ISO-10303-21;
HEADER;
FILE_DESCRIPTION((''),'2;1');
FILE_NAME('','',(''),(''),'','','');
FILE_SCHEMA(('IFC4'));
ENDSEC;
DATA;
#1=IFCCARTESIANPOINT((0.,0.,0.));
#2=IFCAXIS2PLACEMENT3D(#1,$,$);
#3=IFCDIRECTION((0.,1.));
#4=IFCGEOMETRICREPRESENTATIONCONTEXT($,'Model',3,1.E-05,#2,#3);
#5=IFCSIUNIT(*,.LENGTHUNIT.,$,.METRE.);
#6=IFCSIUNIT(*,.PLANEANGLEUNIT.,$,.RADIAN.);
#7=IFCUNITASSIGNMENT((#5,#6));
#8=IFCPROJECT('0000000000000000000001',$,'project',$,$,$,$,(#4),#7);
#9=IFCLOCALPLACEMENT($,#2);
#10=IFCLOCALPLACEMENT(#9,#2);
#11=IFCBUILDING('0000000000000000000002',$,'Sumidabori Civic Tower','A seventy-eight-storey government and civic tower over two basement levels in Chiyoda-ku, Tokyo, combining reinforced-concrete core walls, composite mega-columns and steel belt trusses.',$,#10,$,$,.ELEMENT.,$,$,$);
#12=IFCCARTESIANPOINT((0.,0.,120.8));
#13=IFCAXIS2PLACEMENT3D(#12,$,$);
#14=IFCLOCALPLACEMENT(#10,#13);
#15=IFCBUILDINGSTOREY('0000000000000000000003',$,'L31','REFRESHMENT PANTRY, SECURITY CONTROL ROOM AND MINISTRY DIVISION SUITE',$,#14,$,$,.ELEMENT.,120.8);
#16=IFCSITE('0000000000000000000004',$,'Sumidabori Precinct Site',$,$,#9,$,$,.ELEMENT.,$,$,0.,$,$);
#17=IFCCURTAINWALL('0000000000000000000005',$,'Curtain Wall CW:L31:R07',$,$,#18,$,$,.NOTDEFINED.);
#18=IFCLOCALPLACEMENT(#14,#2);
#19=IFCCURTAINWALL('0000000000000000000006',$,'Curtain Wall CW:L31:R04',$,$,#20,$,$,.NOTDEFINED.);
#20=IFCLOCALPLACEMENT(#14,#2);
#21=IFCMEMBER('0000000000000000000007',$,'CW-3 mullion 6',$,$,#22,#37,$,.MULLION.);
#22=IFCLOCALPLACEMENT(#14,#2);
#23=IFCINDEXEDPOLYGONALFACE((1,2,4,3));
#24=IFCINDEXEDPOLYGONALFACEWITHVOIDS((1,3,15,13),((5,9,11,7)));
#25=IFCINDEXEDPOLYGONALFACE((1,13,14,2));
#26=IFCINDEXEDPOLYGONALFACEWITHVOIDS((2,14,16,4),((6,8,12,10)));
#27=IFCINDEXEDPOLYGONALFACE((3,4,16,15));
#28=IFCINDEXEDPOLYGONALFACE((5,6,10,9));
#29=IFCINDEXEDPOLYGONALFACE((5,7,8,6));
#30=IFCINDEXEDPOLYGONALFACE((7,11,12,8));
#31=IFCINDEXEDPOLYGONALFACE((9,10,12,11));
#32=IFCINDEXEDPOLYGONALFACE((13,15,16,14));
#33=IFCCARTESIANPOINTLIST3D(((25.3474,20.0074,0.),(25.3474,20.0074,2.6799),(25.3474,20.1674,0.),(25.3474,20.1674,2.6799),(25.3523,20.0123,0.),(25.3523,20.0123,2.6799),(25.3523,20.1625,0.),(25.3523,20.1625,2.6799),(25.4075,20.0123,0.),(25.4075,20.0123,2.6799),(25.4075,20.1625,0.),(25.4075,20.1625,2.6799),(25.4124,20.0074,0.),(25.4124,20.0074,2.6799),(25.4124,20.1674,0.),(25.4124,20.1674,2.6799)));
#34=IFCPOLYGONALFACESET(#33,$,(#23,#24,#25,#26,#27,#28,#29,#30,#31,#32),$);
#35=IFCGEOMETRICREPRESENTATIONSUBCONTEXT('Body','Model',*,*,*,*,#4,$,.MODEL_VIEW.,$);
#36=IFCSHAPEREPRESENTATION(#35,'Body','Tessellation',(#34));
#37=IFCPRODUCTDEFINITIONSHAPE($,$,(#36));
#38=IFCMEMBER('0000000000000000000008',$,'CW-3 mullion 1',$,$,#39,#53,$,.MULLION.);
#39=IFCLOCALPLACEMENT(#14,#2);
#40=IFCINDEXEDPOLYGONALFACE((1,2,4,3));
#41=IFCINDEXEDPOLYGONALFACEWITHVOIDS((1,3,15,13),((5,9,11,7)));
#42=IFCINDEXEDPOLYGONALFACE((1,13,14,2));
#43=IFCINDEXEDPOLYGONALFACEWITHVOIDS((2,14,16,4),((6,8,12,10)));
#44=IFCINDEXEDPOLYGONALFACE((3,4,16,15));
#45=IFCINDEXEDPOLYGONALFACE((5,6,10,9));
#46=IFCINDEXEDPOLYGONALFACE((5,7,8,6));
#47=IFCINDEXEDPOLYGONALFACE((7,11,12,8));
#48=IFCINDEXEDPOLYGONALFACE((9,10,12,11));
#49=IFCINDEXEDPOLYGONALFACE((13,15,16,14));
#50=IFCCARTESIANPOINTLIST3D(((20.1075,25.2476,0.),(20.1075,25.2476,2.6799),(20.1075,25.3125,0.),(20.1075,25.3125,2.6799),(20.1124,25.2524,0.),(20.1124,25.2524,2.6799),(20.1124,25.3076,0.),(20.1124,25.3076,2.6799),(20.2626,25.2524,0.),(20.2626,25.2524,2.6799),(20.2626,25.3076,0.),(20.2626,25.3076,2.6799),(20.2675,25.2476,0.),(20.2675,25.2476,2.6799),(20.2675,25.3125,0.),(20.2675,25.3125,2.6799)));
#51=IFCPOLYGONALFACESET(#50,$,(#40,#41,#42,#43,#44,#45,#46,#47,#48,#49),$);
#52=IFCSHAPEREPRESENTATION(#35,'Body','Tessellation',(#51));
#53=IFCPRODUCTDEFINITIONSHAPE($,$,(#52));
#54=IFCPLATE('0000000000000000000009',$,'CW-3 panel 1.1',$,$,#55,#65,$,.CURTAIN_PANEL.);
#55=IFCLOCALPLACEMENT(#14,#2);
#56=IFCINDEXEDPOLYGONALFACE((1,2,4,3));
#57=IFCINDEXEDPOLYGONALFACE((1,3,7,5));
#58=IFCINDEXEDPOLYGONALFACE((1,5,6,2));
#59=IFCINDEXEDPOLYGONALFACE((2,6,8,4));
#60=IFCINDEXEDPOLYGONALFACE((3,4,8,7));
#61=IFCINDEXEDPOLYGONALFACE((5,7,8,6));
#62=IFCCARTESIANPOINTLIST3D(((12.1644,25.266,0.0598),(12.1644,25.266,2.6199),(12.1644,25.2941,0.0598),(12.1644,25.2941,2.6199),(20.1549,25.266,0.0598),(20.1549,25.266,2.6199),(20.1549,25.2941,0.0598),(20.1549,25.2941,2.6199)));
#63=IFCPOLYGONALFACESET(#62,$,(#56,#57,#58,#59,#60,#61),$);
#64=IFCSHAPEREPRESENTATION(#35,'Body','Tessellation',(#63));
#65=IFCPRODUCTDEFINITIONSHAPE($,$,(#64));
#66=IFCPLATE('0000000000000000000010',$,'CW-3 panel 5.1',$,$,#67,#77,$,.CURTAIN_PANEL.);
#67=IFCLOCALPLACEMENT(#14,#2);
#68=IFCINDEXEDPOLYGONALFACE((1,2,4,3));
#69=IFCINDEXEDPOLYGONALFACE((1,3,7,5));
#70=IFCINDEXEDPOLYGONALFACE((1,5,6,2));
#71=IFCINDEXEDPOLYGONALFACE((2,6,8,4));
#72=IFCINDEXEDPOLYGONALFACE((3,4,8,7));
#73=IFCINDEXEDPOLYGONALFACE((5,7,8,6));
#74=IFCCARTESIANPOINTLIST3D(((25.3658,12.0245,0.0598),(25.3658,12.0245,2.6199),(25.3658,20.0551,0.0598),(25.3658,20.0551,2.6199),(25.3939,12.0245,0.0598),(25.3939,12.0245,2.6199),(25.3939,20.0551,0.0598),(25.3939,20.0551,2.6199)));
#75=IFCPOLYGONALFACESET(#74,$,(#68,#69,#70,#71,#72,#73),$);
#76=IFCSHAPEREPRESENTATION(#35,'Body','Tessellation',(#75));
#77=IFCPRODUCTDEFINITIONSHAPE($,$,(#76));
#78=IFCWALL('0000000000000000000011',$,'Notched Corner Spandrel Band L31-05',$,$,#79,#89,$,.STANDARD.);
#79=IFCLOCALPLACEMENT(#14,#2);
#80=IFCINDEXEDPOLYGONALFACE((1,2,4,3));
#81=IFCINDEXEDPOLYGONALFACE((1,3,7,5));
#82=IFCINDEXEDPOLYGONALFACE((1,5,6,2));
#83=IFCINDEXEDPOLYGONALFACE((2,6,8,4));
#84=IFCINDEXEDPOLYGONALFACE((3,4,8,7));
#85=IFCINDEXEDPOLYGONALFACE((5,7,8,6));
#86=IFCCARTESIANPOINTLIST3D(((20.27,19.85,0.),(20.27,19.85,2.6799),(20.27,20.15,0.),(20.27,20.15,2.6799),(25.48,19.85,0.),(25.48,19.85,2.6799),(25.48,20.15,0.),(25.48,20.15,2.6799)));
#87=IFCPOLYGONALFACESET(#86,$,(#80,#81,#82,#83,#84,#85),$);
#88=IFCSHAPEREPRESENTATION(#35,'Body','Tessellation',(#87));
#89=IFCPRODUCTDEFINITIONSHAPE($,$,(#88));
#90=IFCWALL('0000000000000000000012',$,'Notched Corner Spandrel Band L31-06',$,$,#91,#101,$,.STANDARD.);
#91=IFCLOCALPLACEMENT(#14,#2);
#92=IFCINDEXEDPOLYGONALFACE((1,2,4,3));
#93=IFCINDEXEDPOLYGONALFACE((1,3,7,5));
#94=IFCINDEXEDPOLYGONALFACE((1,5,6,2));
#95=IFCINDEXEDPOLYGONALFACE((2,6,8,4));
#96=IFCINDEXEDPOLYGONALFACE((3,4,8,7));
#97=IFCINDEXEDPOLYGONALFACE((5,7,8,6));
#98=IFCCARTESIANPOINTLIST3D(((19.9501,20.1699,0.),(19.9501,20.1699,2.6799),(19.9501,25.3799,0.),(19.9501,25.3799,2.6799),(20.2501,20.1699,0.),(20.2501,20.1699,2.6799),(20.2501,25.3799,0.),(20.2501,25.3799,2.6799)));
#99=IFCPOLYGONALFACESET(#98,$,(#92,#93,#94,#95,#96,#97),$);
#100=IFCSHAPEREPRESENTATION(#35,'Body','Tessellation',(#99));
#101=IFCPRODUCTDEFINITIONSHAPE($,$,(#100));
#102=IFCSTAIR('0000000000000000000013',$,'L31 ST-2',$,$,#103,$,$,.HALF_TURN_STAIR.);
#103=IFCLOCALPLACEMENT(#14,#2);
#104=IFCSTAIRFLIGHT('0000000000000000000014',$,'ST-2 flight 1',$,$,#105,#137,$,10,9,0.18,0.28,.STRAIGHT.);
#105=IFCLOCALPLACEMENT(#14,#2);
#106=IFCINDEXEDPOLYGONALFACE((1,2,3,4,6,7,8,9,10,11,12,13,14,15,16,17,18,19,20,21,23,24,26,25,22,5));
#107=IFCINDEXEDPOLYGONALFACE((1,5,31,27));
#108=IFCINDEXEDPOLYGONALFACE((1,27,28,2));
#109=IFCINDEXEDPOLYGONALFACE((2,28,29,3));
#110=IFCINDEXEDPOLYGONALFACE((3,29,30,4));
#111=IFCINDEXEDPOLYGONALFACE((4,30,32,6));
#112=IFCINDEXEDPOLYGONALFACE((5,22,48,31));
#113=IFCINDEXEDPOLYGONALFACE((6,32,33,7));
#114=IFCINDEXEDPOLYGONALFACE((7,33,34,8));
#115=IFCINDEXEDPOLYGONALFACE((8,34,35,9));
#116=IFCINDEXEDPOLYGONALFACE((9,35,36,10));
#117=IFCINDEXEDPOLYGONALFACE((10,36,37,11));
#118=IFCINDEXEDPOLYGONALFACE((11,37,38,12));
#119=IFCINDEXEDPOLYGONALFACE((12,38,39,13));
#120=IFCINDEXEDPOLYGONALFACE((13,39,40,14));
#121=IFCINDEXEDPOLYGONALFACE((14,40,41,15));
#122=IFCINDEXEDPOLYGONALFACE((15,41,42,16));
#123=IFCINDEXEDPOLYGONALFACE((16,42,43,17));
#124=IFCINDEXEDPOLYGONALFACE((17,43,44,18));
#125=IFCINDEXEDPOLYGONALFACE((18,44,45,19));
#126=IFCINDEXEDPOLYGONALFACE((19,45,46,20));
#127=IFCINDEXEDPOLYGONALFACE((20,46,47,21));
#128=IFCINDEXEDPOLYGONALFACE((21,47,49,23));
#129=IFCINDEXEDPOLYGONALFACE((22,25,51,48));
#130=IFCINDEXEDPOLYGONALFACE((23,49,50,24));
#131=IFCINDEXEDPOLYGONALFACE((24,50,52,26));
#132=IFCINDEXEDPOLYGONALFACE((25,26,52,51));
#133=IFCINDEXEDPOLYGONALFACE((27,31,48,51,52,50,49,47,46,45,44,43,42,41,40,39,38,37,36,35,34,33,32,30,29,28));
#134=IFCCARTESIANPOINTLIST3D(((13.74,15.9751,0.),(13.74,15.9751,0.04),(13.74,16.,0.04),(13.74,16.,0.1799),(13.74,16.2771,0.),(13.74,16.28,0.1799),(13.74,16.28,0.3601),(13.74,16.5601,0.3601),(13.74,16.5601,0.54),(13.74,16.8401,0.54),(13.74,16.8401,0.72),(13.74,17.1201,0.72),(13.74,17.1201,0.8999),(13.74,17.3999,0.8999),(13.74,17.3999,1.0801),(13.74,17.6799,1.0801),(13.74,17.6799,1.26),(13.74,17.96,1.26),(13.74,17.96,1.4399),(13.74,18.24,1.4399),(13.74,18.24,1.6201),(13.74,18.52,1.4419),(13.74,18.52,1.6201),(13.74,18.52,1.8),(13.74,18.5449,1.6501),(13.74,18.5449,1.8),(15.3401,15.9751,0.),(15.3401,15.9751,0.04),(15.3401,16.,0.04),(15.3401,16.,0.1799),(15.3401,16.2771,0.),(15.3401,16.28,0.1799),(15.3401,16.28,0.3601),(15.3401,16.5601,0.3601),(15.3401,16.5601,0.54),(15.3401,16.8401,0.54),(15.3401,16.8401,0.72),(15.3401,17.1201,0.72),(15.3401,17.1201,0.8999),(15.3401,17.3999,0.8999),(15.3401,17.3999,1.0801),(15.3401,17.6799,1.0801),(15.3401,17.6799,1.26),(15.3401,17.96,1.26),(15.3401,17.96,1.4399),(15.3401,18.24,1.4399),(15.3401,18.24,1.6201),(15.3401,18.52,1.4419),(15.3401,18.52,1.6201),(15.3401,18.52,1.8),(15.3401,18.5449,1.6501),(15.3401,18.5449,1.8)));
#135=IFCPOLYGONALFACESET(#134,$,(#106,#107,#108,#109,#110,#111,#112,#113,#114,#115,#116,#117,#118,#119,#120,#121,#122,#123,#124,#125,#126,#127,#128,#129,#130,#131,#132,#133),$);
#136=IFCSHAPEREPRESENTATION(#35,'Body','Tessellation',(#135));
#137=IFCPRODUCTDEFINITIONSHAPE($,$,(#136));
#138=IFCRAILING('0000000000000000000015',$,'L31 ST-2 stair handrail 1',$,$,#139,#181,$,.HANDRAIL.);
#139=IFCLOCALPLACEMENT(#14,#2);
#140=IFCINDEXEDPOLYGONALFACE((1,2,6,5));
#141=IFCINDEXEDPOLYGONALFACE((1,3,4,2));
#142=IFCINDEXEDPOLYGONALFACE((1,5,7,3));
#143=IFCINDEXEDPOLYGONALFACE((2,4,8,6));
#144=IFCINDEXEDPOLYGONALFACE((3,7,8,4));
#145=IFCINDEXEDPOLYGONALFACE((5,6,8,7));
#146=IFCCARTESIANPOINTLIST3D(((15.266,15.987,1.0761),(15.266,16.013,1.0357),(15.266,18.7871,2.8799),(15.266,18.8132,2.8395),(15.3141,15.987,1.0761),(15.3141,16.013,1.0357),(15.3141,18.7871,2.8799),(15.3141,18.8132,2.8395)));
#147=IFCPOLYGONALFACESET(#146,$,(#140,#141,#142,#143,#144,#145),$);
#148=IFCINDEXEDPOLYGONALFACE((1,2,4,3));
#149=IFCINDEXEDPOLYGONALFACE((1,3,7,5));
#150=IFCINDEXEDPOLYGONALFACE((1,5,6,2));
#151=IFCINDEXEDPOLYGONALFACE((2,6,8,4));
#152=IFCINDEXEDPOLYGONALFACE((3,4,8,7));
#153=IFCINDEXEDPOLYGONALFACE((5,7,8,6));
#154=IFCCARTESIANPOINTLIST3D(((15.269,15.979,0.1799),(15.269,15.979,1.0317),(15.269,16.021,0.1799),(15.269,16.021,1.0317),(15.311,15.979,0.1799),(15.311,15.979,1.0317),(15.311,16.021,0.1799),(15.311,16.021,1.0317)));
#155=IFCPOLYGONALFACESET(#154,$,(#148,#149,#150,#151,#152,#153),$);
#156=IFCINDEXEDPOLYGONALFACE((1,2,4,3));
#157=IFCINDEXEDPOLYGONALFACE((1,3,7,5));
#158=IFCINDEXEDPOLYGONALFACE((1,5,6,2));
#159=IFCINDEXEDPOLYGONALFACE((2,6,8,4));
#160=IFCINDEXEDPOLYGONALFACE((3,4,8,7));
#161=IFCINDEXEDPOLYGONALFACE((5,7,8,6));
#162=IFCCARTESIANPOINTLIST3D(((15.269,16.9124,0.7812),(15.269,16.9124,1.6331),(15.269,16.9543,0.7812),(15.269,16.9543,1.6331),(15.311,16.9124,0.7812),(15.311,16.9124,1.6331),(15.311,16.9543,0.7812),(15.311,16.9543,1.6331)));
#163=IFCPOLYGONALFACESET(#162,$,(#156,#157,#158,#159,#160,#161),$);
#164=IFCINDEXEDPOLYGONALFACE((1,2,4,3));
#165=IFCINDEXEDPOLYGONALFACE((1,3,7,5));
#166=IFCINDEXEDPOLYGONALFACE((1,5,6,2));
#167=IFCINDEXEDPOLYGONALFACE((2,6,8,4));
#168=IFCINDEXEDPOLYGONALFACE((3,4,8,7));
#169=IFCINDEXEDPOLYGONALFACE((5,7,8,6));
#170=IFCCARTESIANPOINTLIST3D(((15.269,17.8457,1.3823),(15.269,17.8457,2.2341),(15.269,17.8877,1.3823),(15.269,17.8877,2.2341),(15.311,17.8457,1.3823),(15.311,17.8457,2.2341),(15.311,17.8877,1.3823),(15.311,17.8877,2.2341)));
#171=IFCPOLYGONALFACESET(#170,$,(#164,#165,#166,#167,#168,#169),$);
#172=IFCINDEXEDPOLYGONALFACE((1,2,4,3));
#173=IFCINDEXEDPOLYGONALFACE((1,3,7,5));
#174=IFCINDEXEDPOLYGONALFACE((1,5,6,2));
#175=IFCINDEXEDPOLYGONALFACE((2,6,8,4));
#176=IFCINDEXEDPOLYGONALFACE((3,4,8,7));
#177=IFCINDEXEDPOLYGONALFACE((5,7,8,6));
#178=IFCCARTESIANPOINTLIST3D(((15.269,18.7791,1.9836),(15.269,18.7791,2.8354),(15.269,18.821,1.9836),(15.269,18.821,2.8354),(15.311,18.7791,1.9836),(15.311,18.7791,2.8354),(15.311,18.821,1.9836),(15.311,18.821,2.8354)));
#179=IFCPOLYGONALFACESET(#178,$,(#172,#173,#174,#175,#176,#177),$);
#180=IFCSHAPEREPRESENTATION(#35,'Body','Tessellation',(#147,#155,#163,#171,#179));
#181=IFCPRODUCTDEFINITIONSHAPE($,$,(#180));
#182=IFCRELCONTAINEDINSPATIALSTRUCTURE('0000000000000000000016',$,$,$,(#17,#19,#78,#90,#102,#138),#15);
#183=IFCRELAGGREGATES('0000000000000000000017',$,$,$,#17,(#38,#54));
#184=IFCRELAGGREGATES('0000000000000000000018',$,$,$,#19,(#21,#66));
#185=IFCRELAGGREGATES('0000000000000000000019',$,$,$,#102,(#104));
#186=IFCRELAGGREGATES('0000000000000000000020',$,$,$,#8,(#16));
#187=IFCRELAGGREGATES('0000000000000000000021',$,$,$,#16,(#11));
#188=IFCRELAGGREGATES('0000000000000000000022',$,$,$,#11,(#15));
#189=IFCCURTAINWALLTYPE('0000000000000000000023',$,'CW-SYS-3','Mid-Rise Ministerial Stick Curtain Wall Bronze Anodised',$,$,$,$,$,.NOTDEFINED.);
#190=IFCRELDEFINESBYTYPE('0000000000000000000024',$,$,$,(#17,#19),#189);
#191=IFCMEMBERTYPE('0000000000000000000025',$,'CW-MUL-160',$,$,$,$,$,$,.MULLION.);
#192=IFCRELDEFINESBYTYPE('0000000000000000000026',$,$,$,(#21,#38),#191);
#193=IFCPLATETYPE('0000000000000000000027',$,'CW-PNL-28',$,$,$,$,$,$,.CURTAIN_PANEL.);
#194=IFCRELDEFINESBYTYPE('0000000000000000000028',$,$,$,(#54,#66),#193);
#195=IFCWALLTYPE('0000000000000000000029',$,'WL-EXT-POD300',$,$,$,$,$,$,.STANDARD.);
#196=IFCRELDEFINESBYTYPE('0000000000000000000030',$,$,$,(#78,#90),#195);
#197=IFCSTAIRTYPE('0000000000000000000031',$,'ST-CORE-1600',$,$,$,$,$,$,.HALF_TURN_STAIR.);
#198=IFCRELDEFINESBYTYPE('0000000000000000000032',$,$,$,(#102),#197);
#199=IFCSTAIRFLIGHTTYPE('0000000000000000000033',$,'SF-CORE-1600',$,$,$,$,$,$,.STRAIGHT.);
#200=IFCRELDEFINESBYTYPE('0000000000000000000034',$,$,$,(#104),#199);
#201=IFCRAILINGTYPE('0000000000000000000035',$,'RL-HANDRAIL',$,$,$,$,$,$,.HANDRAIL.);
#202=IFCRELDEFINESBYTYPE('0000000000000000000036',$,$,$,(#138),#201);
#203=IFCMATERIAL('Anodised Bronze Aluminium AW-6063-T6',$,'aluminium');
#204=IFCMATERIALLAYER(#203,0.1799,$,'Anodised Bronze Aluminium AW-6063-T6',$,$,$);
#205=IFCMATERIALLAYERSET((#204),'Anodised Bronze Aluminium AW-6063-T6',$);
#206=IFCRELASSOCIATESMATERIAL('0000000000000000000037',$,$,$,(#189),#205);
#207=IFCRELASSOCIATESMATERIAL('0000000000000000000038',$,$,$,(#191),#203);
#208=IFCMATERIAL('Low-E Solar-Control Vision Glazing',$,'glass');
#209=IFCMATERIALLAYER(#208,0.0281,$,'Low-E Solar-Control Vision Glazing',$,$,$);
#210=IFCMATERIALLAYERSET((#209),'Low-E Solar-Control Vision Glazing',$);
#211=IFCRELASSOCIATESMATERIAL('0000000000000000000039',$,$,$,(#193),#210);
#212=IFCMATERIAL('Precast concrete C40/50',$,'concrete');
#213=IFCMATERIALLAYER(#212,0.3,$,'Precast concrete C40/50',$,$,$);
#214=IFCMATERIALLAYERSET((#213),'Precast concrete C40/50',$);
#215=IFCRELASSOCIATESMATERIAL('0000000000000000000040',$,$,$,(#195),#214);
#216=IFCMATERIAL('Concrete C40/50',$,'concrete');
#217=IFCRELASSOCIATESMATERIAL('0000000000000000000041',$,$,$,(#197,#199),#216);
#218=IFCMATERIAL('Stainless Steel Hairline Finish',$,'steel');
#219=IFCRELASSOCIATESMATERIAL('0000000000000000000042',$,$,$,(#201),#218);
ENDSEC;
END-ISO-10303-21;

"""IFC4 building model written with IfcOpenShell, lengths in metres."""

from ifc_helpers import new_model, si_unit, direction, frame, frame_2d, origin, origin_2d, place, context, subcontext, project, spatial, polyline, rectangle, hollow_rectangle, outline, extrude, source, transform, mapped, material, layer, layer_set, material_profile, profile_set, type_object, element, aggregate, save


model = new_model("IFC4")

# Units and contexts
model_context = context("Model", 3, precision=1e-05, world=origin(), true_north=direction((0.0, 1.0)))
body_context = subcontext(model_context, "Body", "Model", "MODEL_VIEW")
ifc_project = project(units=[si_unit("LENGTHUNIT", "METRE"), si_unit("PLANEANGLEUNIT", "RADIAN")], contexts=[model_context])

# Site, building, storey
site_placement = place(None, origin())
site = spatial("IfcSite", under=ifc_project, at=site_placement, Name="Sumidabori Precinct Site", CompositionType="ELEMENT", RefElevation=0.0)
building_placement = place(site_placement, origin())
building = spatial("IfcBuilding", under=site, at=building_placement, Name="Sumidabori Civic Tower", Description="A seventy-eight-storey government and civic tower over two basement levels in Chiyoda-ku, Tokyo, combining reinforced-concrete core walls, composite mega-columns and steel belt trusses.", CompositionType="ELEMENT")
storey_placement = place(building_placement, frame((0.0, 0.0, 120.8)))
storey = spatial("IfcBuildingStorey", under=building, at=storey_placement, Name="L31", Description="REFRESHMENT PANTRY, SECURITY CONTROL ROOM AND MINISTRY DIVISION SUITE", CompositionType="ELEMENT", Elevation=120.8)

# Curtain walls, member
ifc_material_1 = material(Name="Anodised Bronze Aluminium AW-6063-T6", Category="aluminium")
ifc_layer_1 = layer(ifc_material_1, 0.1799, Name="Anodised Bronze Aluminium AW-6063-T6")
ifc_layer_set_1 = layer_set([ifc_layer_1], Name="Anodised Bronze Aluminium AW-6063-T6")
curtain_wall_type = type_object("IfcCurtainWallType", Name="CW-SYS-3", Description="Mid-Rise Ministerial Stick Curtain Wall Bronze Anodised", PredefinedType="NOTDEFINED", material=ifc_layer_set_1)
curtain_wall_1_placement = place(storey_placement, origin())
curtain_wall_1 = element("IfcCurtainWall", 1, at=curtain_wall_1_placement, inside=storey, type_object=curtain_wall_type, Name="Curtain Wall CW:L31:R07", PredefinedType="NOTDEFINED")
curtain_wall_2_placement = place(storey_placement, origin())
curtain_wall_2 = element("IfcCurtainWall", 2, at=curtain_wall_2_placement, inside=storey, type_object=curtain_wall_type, Name="Curtain Wall CW:L31:R04", PredefinedType="NOTDEFINED")
ifc_material_profile_1 = material_profile(ifc_material_1, hollow_rectangle(XDim=0.0649, YDim=0.1599, WallThickness=0.0049, at=origin_2d()), Name="ALU MULLION 160x65")
ifc_profile_set_1 = profile_set([ifc_material_profile_1], Name="Anodised Bronze Aluminium AW-6063-T6")
member_type_1 = type_object("IfcMemberType", Name="CW-MUL-160", PredefinedType="MULLION", material=ifc_profile_set_1)
shared_shape_1 = source(origin(), body_context, "Body", "SweptSolid", [
    extrude(hollow_rectangle(XDim=0.0649, YDim=0.1599, WallThickness=0.0049, at=origin_2d()), origin(), (0.0, 0.0, 1.0), 2.6799),
])
member_1_placement = place(storey_placement, frame((25.3799, 20.0874, 0.0), z_axis=(0.0, 0.0, 1.0), x_axis=(-1.0, 0.0, 0.0)))
member_1 = element("IfcMember", 3, at=member_1_placement, type_object=member_type_1, Name="CW-3 mullion 6", PredefinedType="MULLION", context=body_context, shape_type="MappedRepresentation", body=[
    mapped(shared_shape_1, transform((0.0, 0.0, 0.0), x_axis=(1.0, 0.0, 0.0), y_axis=(0.0, 1.0, 0.0), z_axis=(0.0, 0.0, 1.0), scale=1.0)),
])

# Member
member_2_placement = place(storey_placement, frame((20.1875, 25.28, 0.0), z_axis=(0.0, 0.0, 1.0), x_axis=(0.0, -1.0, 0.0)))
member_2 = element("IfcMember", 4, at=member_2_placement, type_object=member_type_1, Name="CW-3 mullion 1", PredefinedType="MULLION", context=body_context, shape_type="MappedRepresentation", body=[
    mapped(shared_shape_1, transform((0.0, 0.0, 0.0), x_axis=(1.0, 0.0, 0.0), y_axis=(0.0, 1.0, 0.0), z_axis=(0.0, 0.0, 1.0), scale=1.0)),
])

# Plates
ifc_material_2 = material(Name="Low-E Solar-Control Vision Glazing", Category="glass")
ifc_layer_2 = layer(ifc_material_2, 0.0281, Name="Low-E Solar-Control Vision Glazing")
ifc_layer_set_2 = layer_set([ifc_layer_2], Name="Low-E Solar-Control Vision Glazing")
plate_type = type_object("IfcPlateType", Name="CW-PNL-28", PredefinedType="CURTAIN_PANEL", material=ifc_layer_set_2)
shared_shape_2 = source(origin(), body_context, "Body", "SweptSolid", [
    extrude(rectangle(XDim=7.9905, YDim=0.0281, at=origin_2d()), origin(), (0.0, 0.0, 1.0), 2.5601),
])
plate_1_placement = place(storey_placement, frame((16.1597, 25.28, 0.0598), z_axis=(0.0, 0.0, 1.0), x_axis=(-1.0, 0.0, 0.0)))
plate_1 = element("IfcPlate", 5, at=plate_1_placement, type_object=plate_type, Name="CW-3 panel 1.1", PredefinedType="CURTAIN_PANEL", context=body_context, shape_type="MappedRepresentation", body=[
    mapped(shared_shape_2, transform((0.0, 0.0, 0.0), x_axis=(1.0, 0.0, 0.0), y_axis=(0.0, 1.0, 0.0), z_axis=(0.0, 0.0, 1.0), scale=1.0)),
])
aggregate(curtain_wall_1, [member_2, plate_1])
shared_shape_3 = source(origin(), body_context, "Body", "SweptSolid", [
    extrude(rectangle(XDim=8.0305, YDim=0.0281, at=origin_2d()), origin(), (0.0, 0.0, 1.0), 2.5601),
])
plate_2_placement = place(storey_placement, frame((25.3799, 16.0398, 0.0598), z_axis=(0.0, 0.0, 1.0), x_axis=(0.0, 1.0, 0.0)))
plate_2 = element("IfcPlate", 6, at=plate_2_placement, type_object=plate_type, Name="CW-3 panel 5.1", PredefinedType="CURTAIN_PANEL", context=body_context, shape_type="MappedRepresentation", body=[
    mapped(shared_shape_3, transform((0.0, 0.0, 0.0), x_axis=(1.0, 0.0, 0.0), y_axis=(0.0, 1.0, 0.0), z_axis=(0.0, 0.0, 1.0), scale=1.0)),
])
aggregate(curtain_wall_2, [member_1, plate_2])

# Walls
ifc_material_3 = material(Name="Precast concrete C40/50", Category="concrete")
ifc_layer_3 = layer(ifc_material_3, 0.3, Name="Precast concrete C40/50")
ifc_layer_set_3 = layer_set([ifc_layer_3], Name="Precast concrete C40/50")
wall_type = type_object("IfcWallType", Name="WL-EXT-POD300", PredefinedType="STANDARD", material=ifc_layer_set_3)
shared_shape_4 = source(origin(), body_context, "Body", "SweptSolid", [
    extrude(rectangle(XDim=5.21, YDim=0.3, at=frame_2d((2.605, 0.0))), origin(), (0.0, 0.0, 1.0), 2.6799),
])
for number, where, z_axis, x_axis, name in (
    (7, (25.48, 20.0, 0.0), (0.0, 0.0, 1.0), (-1.0, 0.0, 0.0), "Notched Corner Spandrel Band L31-05"),
    (8, (20.1001, 20.1699, 0.0), (0.0, 0.0, 1.0), (0.0, 1.0, 0.0), "Notched Corner Spandrel Band L31-06"),
):
    element("IfcWall", number, at=place(storey_placement, frame(where, z_axis=z_axis, x_axis=x_axis)), inside=storey, type_object=wall_type, Name=name, PredefinedType="STANDARD", context=body_context, shape_type="MappedRepresentation", body=[
        mapped(shared_shape_4, transform((0.0, 0.0, 0.0), x_axis=(1.0, 0.0, 0.0), y_axis=(0.0, 1.0, 0.0), z_axis=(0.0, 0.0, 1.0), scale=1.0)),
    ])

# Stair, stair flight
ifc_material_4 = material(Name="Concrete C40/50", Category="concrete")
stair_type = type_object("IfcStairType", Name="ST-CORE-1600", PredefinedType="HALF_TURN_STAIR", material=ifc_material_4)
stair_placement = place(storey_placement, origin())
stair = element("IfcStair", 9, at=stair_placement, inside=storey, type_object=stair_type, Name="L31 ST-2", PredefinedType="HALF_TURN_STAIR")
stair_flight_type = type_object("IfcStairFlightType", Name="SF-CORE-1600", PredefinedType="STRAIGHT", material=ifc_material_4)
shared_shape_5 = source(origin(), body_context, "Body", "SweptSolid", [
    extrude(outline(polyline([(-0.0249, 0.0), (-0.0249, 0.04), (0.0, 0.04), (0.0, 0.1799), (0.28, 0.1799), (0.28, 0.3601), (0.5601, 0.3601), (0.5601, 0.54), (0.8401, 0.54), (0.8401, 0.72), (1.1201, 0.72), (1.1201, 0.8999), (1.3999, 0.8999), (1.3999, 1.0801), (1.6799, 1.0801), (1.6799, 1.26), (1.96, 1.26), (1.96, 1.4399), (2.24, 1.4399), (2.24, 1.6201), (2.52, 1.6201), (2.52, 1.8), (2.5449, 1.8), (2.5449, 1.6501), (2.52, 1.4419), (0.2771, 0.0), (-0.0249, 0.0)])), frame((0.0, 0.8, 0.0), z_axis=(0.0, -1.0, 0.0), x_axis=(1.0, 0.0, 0.0)), (0.0, 0.0, 1.0), 1.6001),
])
stair_flight_placement = place(storey_placement, frame((14.54, 16.0, 0.0), z_axis=(0.0, 0.0, 1.0), x_axis=(0.0, 1.0, 0.0)))
stair_flight = element("IfcStairFlight", 10, at=stair_flight_placement, type_object=stair_flight_type, Name="ST-2 flight 1", NumberOfRisers=10, NumberOfTreads=9, PredefinedType="STRAIGHT", RiserHeight=0.18, TreadLength=0.28, context=body_context, shape_type="MappedRepresentation", body=[
    mapped(shared_shape_5, transform((0.0, 0.0, 0.0), x_axis=(1.0, 0.0, 0.0), y_axis=(0.0, 1.0, 0.0), z_axis=(0.0, 0.0, 1.0), scale=1.0)),
])
aggregate(stair, [stair_flight])

# Railing
ifc_material_5 = material(Name="Stainless Steel Hairline Finish", Category="steel")
railing_type_1 = type_object("IfcRailingType", Name="RL-HANDRAIL", PredefinedType="HANDRAIL", material=ifc_material_5)
railing_1_placement = place(storey_placement, frame((15.29, 16.0, 0.1799)))
element("IfcRailing", 11, at=railing_1_placement, inside=storey, type_object=railing_type_1, Name="L31 ST-2 stair handrail 1", PredefinedType="HANDRAIL", context=body_context, shape_type="SweptSolid", body=[
    extrude(rectangle(XDim=0.0481, YDim=0.0481, at=origin_2d()), frame((0.0, 0.0, 0.876), z_axis=(0.0, 0.840676, 0.541539), x_axis=(-1.0, 0.0, 0.0)), (0.0, 0.0, 1.0), 3.3308),
    extrude(rectangle(XDim=0.042, YDim=0.042, at=origin_2d()), origin(), (0.0, 0.0, 1.0), 0.8518),
    extrude(rectangle(XDim=0.042, YDim=0.042, at=origin_2d()), frame((0.0, 0.9333, 0.6013)), (0.0, 0.0, 1.0), 0.8518),
    extrude(rectangle(XDim=0.042, YDim=0.042, at=origin_2d()), frame((0.0, 1.8667, 1.2024)), (0.0, 0.0, 1.0), 0.8518),
    extrude(rectangle(XDim=0.042, YDim=0.042, at=origin_2d()), frame((0.0, 2.8, 1.8037)), (0.0, 0.0, 1.0), 0.8518),
])

save(model, "model.ifc")
